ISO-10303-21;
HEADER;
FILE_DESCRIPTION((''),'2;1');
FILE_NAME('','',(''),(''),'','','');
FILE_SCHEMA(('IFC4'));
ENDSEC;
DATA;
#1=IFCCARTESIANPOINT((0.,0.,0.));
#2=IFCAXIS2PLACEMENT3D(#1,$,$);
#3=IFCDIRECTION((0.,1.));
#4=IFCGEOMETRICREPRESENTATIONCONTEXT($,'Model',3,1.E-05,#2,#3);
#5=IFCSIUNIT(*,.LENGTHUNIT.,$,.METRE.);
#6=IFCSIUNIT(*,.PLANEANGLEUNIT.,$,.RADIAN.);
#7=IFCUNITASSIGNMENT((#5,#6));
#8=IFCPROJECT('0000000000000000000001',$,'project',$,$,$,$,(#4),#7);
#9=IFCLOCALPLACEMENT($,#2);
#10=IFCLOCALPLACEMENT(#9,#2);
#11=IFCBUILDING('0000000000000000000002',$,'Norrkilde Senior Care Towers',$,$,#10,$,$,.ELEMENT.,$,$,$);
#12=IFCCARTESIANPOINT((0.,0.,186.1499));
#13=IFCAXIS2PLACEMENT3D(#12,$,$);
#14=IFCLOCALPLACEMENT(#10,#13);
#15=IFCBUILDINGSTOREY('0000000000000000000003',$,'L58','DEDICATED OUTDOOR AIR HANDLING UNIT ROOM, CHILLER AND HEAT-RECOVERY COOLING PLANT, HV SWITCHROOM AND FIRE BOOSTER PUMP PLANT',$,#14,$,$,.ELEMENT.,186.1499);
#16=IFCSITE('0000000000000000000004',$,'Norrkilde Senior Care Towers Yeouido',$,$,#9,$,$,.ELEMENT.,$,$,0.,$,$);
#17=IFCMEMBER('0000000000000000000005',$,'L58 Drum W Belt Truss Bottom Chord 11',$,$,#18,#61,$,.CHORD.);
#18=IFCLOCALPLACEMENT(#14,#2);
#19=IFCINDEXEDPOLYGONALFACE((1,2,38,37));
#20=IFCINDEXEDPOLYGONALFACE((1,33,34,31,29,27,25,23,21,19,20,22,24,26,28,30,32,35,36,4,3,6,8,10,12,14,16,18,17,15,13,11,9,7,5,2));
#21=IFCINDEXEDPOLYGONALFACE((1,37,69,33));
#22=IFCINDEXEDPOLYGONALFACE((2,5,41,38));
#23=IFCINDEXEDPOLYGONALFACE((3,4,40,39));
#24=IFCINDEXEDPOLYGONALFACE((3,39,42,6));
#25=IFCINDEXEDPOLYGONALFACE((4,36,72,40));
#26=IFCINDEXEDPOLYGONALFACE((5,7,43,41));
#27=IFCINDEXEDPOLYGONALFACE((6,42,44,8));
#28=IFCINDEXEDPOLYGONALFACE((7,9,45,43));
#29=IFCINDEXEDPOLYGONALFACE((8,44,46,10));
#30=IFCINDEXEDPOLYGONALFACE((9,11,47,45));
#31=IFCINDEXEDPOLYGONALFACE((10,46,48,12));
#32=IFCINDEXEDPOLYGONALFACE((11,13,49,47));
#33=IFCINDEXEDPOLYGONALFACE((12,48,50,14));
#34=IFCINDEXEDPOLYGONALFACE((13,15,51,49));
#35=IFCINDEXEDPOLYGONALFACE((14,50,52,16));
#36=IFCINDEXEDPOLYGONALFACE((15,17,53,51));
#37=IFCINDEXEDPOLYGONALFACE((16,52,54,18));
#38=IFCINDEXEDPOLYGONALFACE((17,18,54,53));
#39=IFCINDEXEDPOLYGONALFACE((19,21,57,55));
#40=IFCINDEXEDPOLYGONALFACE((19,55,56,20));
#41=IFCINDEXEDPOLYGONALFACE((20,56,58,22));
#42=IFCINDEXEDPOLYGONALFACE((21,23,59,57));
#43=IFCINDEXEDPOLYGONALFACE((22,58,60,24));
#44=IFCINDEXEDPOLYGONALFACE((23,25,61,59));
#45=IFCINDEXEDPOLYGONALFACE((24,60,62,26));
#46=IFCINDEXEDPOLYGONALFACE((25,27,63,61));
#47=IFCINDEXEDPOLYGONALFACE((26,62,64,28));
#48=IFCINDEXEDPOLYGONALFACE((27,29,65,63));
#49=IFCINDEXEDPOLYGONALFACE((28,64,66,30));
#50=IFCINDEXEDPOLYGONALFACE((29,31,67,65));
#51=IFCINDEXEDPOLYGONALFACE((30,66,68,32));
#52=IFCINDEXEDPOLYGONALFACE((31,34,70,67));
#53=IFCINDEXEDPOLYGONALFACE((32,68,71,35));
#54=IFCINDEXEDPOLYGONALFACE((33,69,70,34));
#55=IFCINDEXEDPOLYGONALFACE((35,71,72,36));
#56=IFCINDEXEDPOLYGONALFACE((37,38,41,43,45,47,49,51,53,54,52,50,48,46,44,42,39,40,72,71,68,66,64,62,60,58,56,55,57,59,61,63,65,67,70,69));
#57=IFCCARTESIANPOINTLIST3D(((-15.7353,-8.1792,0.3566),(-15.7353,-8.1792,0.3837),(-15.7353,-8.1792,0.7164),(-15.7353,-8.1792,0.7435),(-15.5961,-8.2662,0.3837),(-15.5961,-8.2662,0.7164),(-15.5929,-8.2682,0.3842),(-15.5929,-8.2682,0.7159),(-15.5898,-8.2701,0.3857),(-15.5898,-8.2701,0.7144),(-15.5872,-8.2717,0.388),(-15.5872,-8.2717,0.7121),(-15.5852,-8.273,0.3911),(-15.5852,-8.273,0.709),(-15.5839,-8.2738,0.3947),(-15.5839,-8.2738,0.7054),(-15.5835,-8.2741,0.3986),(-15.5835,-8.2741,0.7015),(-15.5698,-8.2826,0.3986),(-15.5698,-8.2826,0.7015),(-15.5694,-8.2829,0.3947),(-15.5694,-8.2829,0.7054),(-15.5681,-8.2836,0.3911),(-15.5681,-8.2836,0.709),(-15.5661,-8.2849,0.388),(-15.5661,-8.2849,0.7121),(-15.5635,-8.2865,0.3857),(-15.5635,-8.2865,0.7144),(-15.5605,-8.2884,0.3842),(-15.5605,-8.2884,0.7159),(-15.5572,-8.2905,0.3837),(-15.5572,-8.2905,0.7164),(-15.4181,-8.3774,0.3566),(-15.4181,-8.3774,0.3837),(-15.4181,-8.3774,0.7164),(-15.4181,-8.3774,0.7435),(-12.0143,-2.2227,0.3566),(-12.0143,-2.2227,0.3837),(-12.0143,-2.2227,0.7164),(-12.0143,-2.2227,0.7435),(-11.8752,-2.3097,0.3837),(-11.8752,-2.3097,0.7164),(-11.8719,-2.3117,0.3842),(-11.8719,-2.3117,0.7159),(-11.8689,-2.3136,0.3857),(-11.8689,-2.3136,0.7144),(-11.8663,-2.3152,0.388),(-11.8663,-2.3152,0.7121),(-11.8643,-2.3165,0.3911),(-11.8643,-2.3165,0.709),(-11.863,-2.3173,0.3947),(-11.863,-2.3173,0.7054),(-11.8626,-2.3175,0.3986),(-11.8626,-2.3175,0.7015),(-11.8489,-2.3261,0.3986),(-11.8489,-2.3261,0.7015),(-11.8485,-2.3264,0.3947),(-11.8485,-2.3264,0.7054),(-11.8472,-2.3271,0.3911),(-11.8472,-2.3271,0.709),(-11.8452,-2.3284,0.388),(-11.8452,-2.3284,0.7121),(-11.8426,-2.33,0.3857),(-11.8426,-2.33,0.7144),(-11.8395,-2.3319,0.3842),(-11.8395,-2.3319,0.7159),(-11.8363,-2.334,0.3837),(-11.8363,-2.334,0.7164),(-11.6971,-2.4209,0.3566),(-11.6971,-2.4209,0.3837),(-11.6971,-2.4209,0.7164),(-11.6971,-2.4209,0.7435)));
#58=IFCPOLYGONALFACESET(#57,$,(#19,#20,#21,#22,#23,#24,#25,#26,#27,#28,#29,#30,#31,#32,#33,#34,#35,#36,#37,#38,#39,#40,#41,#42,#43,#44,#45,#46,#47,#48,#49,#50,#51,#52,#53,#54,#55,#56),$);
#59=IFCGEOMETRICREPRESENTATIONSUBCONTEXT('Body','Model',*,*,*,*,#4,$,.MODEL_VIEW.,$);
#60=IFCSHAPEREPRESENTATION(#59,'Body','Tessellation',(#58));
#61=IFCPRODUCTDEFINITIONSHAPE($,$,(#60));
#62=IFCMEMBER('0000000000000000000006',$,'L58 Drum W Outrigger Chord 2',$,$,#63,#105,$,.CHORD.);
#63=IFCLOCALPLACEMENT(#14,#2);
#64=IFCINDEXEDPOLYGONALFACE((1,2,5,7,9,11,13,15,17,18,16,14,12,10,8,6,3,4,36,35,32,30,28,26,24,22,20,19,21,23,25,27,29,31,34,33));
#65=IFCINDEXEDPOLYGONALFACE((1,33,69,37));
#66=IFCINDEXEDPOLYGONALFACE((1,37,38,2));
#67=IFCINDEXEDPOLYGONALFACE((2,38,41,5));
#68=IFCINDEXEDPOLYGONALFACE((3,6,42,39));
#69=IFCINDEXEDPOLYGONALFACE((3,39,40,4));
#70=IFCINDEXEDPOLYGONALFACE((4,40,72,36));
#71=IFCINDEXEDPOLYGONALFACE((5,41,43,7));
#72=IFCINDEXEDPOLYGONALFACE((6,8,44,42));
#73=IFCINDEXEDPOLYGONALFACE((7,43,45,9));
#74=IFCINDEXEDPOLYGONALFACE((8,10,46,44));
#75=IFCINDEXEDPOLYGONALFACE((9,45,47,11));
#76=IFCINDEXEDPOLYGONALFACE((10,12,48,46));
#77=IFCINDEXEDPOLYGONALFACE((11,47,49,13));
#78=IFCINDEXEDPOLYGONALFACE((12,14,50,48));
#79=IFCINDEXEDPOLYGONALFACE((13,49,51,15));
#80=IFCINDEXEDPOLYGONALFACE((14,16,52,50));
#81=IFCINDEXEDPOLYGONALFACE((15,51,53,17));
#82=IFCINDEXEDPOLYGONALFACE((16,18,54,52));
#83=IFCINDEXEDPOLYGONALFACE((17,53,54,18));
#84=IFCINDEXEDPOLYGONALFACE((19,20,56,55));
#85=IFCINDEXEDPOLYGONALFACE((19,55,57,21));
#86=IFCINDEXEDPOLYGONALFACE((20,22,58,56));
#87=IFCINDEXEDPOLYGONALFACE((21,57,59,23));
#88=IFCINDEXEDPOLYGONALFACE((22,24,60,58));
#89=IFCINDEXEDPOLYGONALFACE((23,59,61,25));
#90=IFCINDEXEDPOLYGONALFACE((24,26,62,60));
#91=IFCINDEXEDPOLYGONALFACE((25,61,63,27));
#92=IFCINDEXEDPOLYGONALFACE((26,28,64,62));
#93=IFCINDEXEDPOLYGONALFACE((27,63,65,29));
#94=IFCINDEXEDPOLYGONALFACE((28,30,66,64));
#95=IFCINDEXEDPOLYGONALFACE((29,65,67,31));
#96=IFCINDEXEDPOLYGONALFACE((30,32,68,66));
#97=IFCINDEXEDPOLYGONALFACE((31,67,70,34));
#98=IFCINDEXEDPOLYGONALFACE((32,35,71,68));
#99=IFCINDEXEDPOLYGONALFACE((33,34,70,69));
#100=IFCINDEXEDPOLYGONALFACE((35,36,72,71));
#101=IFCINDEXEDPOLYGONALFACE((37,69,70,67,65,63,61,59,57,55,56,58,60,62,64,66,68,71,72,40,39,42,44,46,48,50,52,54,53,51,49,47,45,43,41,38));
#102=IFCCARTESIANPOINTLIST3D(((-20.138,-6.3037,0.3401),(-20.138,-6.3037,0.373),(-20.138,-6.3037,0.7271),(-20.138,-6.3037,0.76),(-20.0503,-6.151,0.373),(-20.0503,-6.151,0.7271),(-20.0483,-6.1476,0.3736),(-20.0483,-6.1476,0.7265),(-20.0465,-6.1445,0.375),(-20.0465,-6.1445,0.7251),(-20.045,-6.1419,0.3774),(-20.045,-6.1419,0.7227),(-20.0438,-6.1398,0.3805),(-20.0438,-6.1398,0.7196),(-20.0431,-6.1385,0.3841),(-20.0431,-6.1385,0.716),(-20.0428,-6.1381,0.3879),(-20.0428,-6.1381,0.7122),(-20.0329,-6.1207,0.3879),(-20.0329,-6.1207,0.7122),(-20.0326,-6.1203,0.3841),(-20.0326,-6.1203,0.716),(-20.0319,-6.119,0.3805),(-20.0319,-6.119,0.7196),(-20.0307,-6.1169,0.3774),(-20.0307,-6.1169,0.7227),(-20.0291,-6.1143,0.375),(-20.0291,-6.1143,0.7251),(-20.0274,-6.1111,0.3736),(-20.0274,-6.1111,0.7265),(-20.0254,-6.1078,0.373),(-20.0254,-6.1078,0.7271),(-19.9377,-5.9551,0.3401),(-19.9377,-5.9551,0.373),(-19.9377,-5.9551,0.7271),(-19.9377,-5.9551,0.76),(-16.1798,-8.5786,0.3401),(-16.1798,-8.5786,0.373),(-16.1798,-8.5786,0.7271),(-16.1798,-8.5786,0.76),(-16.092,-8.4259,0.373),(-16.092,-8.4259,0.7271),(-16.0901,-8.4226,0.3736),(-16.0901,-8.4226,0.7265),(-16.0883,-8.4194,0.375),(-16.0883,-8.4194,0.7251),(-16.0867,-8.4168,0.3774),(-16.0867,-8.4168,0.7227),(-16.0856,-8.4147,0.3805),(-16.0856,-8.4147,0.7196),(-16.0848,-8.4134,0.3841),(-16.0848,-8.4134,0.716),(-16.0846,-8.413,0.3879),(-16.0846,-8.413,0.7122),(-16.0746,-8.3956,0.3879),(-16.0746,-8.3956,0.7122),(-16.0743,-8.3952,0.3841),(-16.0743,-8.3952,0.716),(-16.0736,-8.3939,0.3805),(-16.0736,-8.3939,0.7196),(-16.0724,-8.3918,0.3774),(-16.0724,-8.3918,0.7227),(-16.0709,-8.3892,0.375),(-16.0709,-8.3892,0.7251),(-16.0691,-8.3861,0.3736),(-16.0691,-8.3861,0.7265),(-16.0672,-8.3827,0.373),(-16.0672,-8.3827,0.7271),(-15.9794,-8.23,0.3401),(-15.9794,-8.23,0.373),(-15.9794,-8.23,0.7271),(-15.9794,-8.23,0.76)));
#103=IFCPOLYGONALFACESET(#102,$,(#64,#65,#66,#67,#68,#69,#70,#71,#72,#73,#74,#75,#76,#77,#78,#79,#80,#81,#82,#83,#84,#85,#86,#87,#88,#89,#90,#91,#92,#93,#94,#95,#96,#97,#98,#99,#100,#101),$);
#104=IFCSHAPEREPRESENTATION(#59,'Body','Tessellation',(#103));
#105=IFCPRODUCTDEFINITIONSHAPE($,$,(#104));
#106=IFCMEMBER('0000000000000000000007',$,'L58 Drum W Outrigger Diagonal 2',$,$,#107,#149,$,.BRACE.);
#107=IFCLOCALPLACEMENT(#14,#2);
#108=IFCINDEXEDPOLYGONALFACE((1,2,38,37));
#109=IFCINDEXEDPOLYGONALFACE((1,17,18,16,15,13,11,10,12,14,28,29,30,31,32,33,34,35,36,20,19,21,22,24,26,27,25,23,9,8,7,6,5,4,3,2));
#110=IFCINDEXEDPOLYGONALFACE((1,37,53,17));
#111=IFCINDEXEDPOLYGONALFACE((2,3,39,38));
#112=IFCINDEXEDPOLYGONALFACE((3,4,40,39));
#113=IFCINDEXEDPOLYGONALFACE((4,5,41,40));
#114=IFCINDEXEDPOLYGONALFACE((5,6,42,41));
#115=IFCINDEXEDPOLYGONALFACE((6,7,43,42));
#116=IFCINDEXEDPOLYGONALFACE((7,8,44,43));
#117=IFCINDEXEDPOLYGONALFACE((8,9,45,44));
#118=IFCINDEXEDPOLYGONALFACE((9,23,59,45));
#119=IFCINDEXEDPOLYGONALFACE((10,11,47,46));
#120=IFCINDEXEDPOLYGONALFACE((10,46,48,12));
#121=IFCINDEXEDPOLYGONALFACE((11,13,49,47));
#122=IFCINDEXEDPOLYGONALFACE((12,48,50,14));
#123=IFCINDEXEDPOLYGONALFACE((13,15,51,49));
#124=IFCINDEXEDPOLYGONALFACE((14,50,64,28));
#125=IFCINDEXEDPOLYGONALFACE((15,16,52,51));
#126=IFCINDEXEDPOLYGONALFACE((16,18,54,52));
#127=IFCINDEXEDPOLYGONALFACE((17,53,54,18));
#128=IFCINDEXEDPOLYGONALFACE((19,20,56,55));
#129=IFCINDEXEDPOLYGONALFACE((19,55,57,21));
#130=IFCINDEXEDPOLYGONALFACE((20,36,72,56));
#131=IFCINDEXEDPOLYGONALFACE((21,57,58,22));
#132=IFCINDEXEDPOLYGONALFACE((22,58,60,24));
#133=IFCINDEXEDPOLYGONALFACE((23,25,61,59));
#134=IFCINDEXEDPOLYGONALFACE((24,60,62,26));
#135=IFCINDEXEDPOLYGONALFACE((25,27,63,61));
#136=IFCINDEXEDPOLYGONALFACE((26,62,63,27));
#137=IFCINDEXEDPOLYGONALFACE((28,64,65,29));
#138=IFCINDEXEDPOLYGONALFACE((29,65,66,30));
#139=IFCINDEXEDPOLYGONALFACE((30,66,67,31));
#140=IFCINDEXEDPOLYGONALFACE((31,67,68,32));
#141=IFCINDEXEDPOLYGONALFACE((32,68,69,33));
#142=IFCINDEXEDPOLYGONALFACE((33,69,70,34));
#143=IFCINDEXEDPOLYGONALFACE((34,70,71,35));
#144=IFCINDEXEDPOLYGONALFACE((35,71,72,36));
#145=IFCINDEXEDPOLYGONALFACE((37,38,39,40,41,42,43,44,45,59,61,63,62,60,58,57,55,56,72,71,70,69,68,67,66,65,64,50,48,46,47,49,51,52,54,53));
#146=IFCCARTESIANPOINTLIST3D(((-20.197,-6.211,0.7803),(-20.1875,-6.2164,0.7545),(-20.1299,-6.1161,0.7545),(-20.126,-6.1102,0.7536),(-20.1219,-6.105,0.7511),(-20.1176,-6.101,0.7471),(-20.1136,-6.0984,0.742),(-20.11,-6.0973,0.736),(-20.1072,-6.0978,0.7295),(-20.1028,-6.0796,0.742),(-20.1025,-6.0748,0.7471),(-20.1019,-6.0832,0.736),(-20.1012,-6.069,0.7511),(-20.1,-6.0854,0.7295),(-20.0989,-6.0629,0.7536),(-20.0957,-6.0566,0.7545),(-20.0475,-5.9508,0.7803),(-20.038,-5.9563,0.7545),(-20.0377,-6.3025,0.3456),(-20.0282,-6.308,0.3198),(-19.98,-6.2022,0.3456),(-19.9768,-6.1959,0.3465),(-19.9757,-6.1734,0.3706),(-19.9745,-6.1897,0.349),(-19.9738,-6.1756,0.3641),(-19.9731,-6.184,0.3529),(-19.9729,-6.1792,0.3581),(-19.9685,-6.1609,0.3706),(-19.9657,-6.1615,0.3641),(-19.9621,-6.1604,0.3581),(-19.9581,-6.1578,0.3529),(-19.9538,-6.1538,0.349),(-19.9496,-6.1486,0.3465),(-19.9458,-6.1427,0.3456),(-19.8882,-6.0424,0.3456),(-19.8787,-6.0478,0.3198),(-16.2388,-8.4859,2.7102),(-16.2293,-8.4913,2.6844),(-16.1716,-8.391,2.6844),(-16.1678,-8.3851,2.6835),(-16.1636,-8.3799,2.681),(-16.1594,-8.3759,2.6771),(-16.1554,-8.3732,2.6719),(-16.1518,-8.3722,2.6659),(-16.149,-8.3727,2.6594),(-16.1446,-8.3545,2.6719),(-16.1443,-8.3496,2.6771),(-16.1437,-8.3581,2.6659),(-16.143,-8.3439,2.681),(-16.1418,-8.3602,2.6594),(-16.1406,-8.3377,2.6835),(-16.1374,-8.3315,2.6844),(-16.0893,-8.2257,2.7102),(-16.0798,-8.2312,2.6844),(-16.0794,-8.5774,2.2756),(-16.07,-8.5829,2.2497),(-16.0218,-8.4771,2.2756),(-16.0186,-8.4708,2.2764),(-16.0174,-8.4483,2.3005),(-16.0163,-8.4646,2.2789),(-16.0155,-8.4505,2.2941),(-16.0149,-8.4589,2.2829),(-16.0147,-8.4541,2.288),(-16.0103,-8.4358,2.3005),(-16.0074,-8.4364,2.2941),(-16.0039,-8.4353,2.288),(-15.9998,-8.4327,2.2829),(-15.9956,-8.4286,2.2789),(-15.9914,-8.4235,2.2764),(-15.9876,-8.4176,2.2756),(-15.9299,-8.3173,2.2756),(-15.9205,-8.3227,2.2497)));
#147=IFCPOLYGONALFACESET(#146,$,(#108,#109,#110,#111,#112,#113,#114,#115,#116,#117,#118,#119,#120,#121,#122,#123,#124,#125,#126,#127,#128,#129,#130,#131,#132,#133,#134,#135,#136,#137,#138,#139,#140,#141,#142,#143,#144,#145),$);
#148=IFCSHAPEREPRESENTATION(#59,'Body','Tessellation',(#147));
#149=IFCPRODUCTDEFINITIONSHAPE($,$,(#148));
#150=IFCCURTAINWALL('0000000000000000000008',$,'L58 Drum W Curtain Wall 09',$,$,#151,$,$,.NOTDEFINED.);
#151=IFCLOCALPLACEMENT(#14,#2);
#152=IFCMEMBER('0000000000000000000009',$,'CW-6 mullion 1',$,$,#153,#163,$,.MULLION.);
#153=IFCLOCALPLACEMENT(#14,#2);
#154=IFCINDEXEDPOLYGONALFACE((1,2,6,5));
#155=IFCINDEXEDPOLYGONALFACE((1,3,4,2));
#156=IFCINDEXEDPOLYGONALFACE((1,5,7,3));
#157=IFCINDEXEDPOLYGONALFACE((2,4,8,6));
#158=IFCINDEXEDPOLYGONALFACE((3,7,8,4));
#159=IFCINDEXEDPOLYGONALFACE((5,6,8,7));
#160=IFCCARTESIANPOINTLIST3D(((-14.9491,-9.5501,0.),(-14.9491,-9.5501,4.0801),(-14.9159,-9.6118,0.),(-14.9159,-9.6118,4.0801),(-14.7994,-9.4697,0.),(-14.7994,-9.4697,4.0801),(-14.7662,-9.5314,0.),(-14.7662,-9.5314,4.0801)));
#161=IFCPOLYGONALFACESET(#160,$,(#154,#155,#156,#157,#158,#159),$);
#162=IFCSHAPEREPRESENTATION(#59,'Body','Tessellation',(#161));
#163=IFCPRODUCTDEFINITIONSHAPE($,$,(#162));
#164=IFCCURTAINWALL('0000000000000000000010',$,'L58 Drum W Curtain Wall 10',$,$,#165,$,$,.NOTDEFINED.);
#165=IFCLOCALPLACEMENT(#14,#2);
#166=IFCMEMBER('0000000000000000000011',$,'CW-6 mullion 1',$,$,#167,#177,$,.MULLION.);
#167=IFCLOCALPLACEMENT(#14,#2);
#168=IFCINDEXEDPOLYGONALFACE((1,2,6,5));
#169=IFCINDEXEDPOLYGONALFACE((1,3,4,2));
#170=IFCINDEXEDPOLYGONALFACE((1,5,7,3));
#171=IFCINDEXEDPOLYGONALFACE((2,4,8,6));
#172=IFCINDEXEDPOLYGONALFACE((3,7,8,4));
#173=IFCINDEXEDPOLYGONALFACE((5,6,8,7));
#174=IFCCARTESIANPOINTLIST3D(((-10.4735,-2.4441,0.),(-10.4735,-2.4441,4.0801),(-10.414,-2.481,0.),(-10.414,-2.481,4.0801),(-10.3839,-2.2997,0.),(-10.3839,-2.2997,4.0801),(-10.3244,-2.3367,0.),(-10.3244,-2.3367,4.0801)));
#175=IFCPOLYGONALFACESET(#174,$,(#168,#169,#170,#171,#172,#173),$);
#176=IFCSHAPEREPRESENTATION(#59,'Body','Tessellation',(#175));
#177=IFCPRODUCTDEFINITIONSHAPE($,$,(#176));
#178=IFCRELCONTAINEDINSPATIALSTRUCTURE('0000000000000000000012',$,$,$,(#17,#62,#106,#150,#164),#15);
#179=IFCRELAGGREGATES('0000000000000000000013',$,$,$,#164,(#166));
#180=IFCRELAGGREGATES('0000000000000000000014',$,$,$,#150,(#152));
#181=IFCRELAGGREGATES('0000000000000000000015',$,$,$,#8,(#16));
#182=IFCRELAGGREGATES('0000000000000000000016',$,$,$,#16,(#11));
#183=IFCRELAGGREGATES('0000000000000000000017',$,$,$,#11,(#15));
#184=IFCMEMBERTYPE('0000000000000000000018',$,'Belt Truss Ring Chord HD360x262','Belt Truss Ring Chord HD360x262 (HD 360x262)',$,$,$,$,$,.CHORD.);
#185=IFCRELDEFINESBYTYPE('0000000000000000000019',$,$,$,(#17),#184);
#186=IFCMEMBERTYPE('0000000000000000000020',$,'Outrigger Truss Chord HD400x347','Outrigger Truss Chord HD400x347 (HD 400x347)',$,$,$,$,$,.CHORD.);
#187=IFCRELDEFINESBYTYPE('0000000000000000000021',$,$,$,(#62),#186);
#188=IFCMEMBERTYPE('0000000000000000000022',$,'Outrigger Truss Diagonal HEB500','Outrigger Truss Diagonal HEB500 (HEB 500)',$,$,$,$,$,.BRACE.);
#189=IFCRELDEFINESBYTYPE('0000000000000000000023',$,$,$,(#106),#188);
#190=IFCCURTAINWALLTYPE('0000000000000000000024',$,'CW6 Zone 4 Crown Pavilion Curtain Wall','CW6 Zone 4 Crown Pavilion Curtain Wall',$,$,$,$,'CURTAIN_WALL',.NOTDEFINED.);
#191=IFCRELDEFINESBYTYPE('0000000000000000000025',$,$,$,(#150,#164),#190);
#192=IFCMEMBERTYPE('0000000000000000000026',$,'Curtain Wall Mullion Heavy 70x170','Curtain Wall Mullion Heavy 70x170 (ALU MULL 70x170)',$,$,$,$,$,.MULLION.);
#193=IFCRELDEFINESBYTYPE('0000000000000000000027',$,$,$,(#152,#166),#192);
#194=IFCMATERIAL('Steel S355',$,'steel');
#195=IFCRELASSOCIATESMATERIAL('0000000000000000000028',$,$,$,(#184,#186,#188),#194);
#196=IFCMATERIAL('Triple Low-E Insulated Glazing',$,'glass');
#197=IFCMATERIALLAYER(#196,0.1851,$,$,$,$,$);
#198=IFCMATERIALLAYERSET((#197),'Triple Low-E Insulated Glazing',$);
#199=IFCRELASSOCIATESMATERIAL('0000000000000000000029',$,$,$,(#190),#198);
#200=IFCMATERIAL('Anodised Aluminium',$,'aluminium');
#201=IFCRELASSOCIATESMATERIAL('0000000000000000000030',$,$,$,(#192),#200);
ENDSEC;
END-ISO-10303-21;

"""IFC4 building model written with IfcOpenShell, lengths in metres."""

from ifc_helpers import new_model, si_unit, direction, frame, origin, origin_2d, place, context, subcontext, project, spatial, rectangle, i_section, extrude, source, transform, mapped, material, layer, layer_set, material_profile, profile_set, type_object, type_shapes, element, aggregate, save


model = new_model("IFC4")

# Units and contexts
model_context = context("Model", 3, precision=1e-05, world=origin(), true_north=direction((0.0, 1.0)))
body_context = subcontext(model_context, "Body", "Model", "MODEL_VIEW")
ifc_project = project(units=[si_unit("LENGTHUNIT", "METRE"), si_unit("PLANEANGLEUNIT", "RADIAN")], contexts=[model_context])

# Site, building, storey
site_placement = place(None, origin())
site = spatial("IfcSite", under=ifc_project, at=site_placement, Name="Norrkilde Senior Care Towers Yeouido", CompositionType="ELEMENT", RefElevation=0.0)
building_placement = place(site_placement, origin())
building = spatial("IfcBuilding", under=site, at=building_placement, Name="Norrkilde Senior Care Towers", CompositionType="ELEMENT")
storey_placement = place(building_placement, frame((0.0, 0.0, 186.1499)))
storey = spatial("IfcBuildingStorey", under=building, at=storey_placement, Name="L58", Description="DEDICATED OUTDOOR AIR HANDLING UNIT ROOM, CHILLER AND HEAT-RECOVERY COOLING PLANT, HV SWITCHROOM AND FIRE BOOSTER PUMP PLANT", CompositionType="ELEMENT", Elevation=186.1499)

# Shared definitions
ifc_material_1 = material(Name="Steel S355", Category="steel")

# Members
ifc_material_profile_1 = material_profile(ifc_material_1, i_section(OverallWidth=0.374, OverallDepth=0.387, WebThickness=0.0161, FlangeThickness=0.0271, FilletRadius=0.0149, at=origin_2d()), Name="HD 360x262")
ifc_profile_set_1 = profile_set([ifc_material_profile_1], Name="Steel S355")
member_type_1 = type_object("IfcMemberType", Name="Belt Truss Ring Chord HD360x262", Description="Belt Truss Ring Chord HD360x262 (HD 360x262)", PredefinedType="CHORD", material=ifc_profile_set_1)
shared_shape_1 = source(origin(), body_context, "Body", "SweptSolid", [
    extrude(i_section(OverallWidth=0.374, OverallDepth=0.387, WebThickness=0.0161, FlangeThickness=0.0271, FilletRadius=0.0149, at=origin_2d()), origin(), (0.0, 0.0, 1.0), 7.0232),
])
member_1_placement = place(storey_placement, frame((-15.5767, -8.2783, 0.55), z_axis=(0.529805, 0.848119, 0.0), x_axis=(-0.848119, 0.529805, 0.0)))
element("IfcMember", 1, at=member_1_placement, inside=storey, type_object=member_type_1, Name="L58 Drum W Belt Truss Bottom Chord 11", PredefinedType="CHORD", context=body_context, shape_type="MappedRepresentation", body=[
    mapped(shared_shape_1, transform((0.0, 0.0, 0.0), x_axis=(1.0, 0.0, 0.0), y_axis=(0.0, 1.0, 0.0), z_axis=(0.0, 0.0, 1.0), scale=1.0)),
])
ifc_material_profile_2 = material_profile(ifc_material_1, i_section(OverallWidth=0.4021, OverallDepth=0.4199, WebThickness=0.02, FlangeThickness=0.033, FilletRadius=0.0149, at=origin_2d()), Name="HD 400x347")
ifc_profile_set_2 = profile_set([ifc_material_profile_2], Name="Steel S355")
member_type_2 = type_object("IfcMemberType", Name="Outrigger Truss Chord HD400x347", Description="Outrigger Truss Chord HD400x347 (HD 400x347)", PredefinedType="CHORD", material=ifc_profile_set_2)
shared_shape_2 = source(origin(), body_context, "Body", "SweptSolid", [
    extrude(i_section(OverallWidth=0.4021, OverallDepth=0.4199, WebThickness=0.02, FlangeThickness=0.033, FilletRadius=0.0149, at=origin_2d()), origin(), (0.0, 0.0, 1.0), 4.5654),
])
type_shapes(member_type_2, [shared_shape_2])
member_2_placement = place(storey_placement, frame((-20.0378, -6.1294, 0.55), z_axis=(0.86701, -0.498291, 0.0), x_axis=(0.498291, 0.86701, 0.0)))
element("IfcMember", 2, at=member_2_placement, inside=storey, type_object=member_type_2, Name="L58 Drum W Outrigger Chord 2", PredefinedType="CHORD", context=body_context, shape_type="MappedRepresentation", body=[
    mapped(shared_shape_2, transform((0.0, 0.0, 0.0), x_axis=(1.0, 0.0, 0.0), y_axis=(0.0, 1.0, 0.0), z_axis=(0.0, 0.0, 1.0), scale=1.0)),
])
ifc_material_profile_3 = material_profile(ifc_material_1, i_section(OverallWidth=0.3, OverallDepth=0.5, WebThickness=0.0144, FlangeThickness=0.0281, FilletRadius=0.0271, at=origin_2d()), Name="HEB 500")
ifc_profile_set_3 = profile_set([ifc_material_profile_3], Name="Steel S355")
member_type_3 = type_object("IfcMemberType", Name="Outrigger Truss Diagonal HEB500", Description="Outrigger Truss Diagonal HEB500 (HEB 500)", PredefinedType="BRACE", material=ifc_profile_set_3)
shared_shape_3 = source(origin(), body_context, "Body", "SweptSolid", [
    extrude(i_section(OverallWidth=0.3, OverallDepth=0.5, WebThickness=0.0144, FlangeThickness=0.0281, FilletRadius=0.0271, at=origin_2d()), origin(), (0.0, 0.0, 1.0), 4.9565),
])
type_shapes(member_type_3, [shared_shape_3])
member_3_placement = place(storey_placement, frame((-20.0378, -6.1294, 0.55), z_axis=(0.798587, -0.458967, 0.389368), x_axis=(0.498291, 0.86701, 0.0)))
element("IfcMember", 3, at=member_3_placement, inside=storey, type_object=member_type_3, Name="L58 Drum W Outrigger Diagonal 2", PredefinedType="BRACE", context=body_context, shape_type="MappedRepresentation", body=[
    mapped(shared_shape_3, transform((0.0, 0.0, 0.0), x_axis=(1.0, 0.0, 0.0), y_axis=(0.0, 1.0, 0.0), z_axis=(0.0, 0.0, 1.0), scale=1.0)),
])

# Curtain wall, member
ifc_material_2 = material(Name="Triple Low-E Insulated Glazing", Category="glass")
ifc_layer_1 = layer(ifc_material_2, 0.1851)
ifc_layer_set_1 = layer_set([ifc_layer_1], Name="Triple Low-E Insulated Glazing")
curtain_wall_type = type_object("IfcCurtainWallType", Name="CW6 Zone 4 Crown Pavilion Curtain Wall", Description="CW6 Zone 4 Crown Pavilion Curtain Wall", ElementType="CURTAIN_WALL", PredefinedType="NOTDEFINED", material=ifc_layer_set_1)
curtain_wall_1_placement = place(storey_placement, origin())
curtain_wall_1 = element("IfcCurtainWall", 4, at=curtain_wall_1_placement, inside=storey, type_object=curtain_wall_type, Name="L58 Drum W Curtain Wall 09", PredefinedType="NOTDEFINED")
ifc_material_3 = material(Name="Anodised Aluminium", Category="aluminium")
ifc_material_profile_4 = material_profile(ifc_material_3, rectangle(XDim=0.0701, YDim=0.1699, at=origin_2d()), Name="ALU MULL 70x170")
ifc_profile_set_4 = profile_set([ifc_material_profile_4], Name="Anodised Aluminium")
member_type_4 = type_object("IfcMemberType", Name="Curtain Wall Mullion Heavy 70x170", Description="Curtain Wall Mullion Heavy 70x170 (ALU MULL 70x170)", PredefinedType="MULLION", material=ifc_profile_set_4)
shared_shape_4 = source(origin(), body_context, "Body", "SweptSolid", [
    extrude(rectangle(XDim=0.0701, YDim=0.1699, at=origin_2d()), origin(), (0.0, 0.0, 1.0), 4.0801),
])
type_shapes(member_type_4, [shared_shape_4])
member_4_placement = place(storey_placement, frame((-14.8577, -9.5408, 0.0), z_axis=(0.0, 0.0, 1.0), x_axis=(0.473117, -0.881, 0.0)))
member_4 = element("IfcMember", 5, at=member_4_placement, type_object=member_type_4, Name="CW-6 mullion 1", PredefinedType="MULLION", context=body_context, shape_type="MappedRepresentation", body=[
    mapped(shared_shape_4, transform((0.0, 0.0, 0.0), x_axis=(1.0, 0.0, 0.0), y_axis=(0.0, 1.0, 0.0), z_axis=(0.0, 0.0, 1.0), scale=1.0)),
])

# Curtain wall, member
curtain_wall_2_placement = place(storey_placement, origin())
curtain_wall_2 = element("IfcCurtainWall", 6, at=curtain_wall_2_placement, inside=storey, type_object=curtain_wall_type, Name="L58 Drum W Curtain Wall 10", PredefinedType="NOTDEFINED")
member_5_placement = place(storey_placement, frame((-10.3989, -2.3904, 0.0), z_axis=(0.0, 0.0, 1.0), x_axis=(0.849634, -0.527373, 0.0)))
member_5 = element("IfcMember", 7, at=member_5_placement, type_object=member_type_4, Name="CW-6 mullion 1", PredefinedType="MULLION", context=body_context, shape_type="MappedRepresentation", body=[
    mapped(shared_shape_4, transform((0.0, 0.0, 0.0), x_axis=(1.0, 0.0, 0.0), y_axis=(0.0, 1.0, 0.0), z_axis=(0.0, 0.0, 1.0), scale=1.0)),
])

aggregate(curtain_wall_2, [member_5])
aggregate(curtain_wall_1, [member_4])

save(model, "model.ifc")
